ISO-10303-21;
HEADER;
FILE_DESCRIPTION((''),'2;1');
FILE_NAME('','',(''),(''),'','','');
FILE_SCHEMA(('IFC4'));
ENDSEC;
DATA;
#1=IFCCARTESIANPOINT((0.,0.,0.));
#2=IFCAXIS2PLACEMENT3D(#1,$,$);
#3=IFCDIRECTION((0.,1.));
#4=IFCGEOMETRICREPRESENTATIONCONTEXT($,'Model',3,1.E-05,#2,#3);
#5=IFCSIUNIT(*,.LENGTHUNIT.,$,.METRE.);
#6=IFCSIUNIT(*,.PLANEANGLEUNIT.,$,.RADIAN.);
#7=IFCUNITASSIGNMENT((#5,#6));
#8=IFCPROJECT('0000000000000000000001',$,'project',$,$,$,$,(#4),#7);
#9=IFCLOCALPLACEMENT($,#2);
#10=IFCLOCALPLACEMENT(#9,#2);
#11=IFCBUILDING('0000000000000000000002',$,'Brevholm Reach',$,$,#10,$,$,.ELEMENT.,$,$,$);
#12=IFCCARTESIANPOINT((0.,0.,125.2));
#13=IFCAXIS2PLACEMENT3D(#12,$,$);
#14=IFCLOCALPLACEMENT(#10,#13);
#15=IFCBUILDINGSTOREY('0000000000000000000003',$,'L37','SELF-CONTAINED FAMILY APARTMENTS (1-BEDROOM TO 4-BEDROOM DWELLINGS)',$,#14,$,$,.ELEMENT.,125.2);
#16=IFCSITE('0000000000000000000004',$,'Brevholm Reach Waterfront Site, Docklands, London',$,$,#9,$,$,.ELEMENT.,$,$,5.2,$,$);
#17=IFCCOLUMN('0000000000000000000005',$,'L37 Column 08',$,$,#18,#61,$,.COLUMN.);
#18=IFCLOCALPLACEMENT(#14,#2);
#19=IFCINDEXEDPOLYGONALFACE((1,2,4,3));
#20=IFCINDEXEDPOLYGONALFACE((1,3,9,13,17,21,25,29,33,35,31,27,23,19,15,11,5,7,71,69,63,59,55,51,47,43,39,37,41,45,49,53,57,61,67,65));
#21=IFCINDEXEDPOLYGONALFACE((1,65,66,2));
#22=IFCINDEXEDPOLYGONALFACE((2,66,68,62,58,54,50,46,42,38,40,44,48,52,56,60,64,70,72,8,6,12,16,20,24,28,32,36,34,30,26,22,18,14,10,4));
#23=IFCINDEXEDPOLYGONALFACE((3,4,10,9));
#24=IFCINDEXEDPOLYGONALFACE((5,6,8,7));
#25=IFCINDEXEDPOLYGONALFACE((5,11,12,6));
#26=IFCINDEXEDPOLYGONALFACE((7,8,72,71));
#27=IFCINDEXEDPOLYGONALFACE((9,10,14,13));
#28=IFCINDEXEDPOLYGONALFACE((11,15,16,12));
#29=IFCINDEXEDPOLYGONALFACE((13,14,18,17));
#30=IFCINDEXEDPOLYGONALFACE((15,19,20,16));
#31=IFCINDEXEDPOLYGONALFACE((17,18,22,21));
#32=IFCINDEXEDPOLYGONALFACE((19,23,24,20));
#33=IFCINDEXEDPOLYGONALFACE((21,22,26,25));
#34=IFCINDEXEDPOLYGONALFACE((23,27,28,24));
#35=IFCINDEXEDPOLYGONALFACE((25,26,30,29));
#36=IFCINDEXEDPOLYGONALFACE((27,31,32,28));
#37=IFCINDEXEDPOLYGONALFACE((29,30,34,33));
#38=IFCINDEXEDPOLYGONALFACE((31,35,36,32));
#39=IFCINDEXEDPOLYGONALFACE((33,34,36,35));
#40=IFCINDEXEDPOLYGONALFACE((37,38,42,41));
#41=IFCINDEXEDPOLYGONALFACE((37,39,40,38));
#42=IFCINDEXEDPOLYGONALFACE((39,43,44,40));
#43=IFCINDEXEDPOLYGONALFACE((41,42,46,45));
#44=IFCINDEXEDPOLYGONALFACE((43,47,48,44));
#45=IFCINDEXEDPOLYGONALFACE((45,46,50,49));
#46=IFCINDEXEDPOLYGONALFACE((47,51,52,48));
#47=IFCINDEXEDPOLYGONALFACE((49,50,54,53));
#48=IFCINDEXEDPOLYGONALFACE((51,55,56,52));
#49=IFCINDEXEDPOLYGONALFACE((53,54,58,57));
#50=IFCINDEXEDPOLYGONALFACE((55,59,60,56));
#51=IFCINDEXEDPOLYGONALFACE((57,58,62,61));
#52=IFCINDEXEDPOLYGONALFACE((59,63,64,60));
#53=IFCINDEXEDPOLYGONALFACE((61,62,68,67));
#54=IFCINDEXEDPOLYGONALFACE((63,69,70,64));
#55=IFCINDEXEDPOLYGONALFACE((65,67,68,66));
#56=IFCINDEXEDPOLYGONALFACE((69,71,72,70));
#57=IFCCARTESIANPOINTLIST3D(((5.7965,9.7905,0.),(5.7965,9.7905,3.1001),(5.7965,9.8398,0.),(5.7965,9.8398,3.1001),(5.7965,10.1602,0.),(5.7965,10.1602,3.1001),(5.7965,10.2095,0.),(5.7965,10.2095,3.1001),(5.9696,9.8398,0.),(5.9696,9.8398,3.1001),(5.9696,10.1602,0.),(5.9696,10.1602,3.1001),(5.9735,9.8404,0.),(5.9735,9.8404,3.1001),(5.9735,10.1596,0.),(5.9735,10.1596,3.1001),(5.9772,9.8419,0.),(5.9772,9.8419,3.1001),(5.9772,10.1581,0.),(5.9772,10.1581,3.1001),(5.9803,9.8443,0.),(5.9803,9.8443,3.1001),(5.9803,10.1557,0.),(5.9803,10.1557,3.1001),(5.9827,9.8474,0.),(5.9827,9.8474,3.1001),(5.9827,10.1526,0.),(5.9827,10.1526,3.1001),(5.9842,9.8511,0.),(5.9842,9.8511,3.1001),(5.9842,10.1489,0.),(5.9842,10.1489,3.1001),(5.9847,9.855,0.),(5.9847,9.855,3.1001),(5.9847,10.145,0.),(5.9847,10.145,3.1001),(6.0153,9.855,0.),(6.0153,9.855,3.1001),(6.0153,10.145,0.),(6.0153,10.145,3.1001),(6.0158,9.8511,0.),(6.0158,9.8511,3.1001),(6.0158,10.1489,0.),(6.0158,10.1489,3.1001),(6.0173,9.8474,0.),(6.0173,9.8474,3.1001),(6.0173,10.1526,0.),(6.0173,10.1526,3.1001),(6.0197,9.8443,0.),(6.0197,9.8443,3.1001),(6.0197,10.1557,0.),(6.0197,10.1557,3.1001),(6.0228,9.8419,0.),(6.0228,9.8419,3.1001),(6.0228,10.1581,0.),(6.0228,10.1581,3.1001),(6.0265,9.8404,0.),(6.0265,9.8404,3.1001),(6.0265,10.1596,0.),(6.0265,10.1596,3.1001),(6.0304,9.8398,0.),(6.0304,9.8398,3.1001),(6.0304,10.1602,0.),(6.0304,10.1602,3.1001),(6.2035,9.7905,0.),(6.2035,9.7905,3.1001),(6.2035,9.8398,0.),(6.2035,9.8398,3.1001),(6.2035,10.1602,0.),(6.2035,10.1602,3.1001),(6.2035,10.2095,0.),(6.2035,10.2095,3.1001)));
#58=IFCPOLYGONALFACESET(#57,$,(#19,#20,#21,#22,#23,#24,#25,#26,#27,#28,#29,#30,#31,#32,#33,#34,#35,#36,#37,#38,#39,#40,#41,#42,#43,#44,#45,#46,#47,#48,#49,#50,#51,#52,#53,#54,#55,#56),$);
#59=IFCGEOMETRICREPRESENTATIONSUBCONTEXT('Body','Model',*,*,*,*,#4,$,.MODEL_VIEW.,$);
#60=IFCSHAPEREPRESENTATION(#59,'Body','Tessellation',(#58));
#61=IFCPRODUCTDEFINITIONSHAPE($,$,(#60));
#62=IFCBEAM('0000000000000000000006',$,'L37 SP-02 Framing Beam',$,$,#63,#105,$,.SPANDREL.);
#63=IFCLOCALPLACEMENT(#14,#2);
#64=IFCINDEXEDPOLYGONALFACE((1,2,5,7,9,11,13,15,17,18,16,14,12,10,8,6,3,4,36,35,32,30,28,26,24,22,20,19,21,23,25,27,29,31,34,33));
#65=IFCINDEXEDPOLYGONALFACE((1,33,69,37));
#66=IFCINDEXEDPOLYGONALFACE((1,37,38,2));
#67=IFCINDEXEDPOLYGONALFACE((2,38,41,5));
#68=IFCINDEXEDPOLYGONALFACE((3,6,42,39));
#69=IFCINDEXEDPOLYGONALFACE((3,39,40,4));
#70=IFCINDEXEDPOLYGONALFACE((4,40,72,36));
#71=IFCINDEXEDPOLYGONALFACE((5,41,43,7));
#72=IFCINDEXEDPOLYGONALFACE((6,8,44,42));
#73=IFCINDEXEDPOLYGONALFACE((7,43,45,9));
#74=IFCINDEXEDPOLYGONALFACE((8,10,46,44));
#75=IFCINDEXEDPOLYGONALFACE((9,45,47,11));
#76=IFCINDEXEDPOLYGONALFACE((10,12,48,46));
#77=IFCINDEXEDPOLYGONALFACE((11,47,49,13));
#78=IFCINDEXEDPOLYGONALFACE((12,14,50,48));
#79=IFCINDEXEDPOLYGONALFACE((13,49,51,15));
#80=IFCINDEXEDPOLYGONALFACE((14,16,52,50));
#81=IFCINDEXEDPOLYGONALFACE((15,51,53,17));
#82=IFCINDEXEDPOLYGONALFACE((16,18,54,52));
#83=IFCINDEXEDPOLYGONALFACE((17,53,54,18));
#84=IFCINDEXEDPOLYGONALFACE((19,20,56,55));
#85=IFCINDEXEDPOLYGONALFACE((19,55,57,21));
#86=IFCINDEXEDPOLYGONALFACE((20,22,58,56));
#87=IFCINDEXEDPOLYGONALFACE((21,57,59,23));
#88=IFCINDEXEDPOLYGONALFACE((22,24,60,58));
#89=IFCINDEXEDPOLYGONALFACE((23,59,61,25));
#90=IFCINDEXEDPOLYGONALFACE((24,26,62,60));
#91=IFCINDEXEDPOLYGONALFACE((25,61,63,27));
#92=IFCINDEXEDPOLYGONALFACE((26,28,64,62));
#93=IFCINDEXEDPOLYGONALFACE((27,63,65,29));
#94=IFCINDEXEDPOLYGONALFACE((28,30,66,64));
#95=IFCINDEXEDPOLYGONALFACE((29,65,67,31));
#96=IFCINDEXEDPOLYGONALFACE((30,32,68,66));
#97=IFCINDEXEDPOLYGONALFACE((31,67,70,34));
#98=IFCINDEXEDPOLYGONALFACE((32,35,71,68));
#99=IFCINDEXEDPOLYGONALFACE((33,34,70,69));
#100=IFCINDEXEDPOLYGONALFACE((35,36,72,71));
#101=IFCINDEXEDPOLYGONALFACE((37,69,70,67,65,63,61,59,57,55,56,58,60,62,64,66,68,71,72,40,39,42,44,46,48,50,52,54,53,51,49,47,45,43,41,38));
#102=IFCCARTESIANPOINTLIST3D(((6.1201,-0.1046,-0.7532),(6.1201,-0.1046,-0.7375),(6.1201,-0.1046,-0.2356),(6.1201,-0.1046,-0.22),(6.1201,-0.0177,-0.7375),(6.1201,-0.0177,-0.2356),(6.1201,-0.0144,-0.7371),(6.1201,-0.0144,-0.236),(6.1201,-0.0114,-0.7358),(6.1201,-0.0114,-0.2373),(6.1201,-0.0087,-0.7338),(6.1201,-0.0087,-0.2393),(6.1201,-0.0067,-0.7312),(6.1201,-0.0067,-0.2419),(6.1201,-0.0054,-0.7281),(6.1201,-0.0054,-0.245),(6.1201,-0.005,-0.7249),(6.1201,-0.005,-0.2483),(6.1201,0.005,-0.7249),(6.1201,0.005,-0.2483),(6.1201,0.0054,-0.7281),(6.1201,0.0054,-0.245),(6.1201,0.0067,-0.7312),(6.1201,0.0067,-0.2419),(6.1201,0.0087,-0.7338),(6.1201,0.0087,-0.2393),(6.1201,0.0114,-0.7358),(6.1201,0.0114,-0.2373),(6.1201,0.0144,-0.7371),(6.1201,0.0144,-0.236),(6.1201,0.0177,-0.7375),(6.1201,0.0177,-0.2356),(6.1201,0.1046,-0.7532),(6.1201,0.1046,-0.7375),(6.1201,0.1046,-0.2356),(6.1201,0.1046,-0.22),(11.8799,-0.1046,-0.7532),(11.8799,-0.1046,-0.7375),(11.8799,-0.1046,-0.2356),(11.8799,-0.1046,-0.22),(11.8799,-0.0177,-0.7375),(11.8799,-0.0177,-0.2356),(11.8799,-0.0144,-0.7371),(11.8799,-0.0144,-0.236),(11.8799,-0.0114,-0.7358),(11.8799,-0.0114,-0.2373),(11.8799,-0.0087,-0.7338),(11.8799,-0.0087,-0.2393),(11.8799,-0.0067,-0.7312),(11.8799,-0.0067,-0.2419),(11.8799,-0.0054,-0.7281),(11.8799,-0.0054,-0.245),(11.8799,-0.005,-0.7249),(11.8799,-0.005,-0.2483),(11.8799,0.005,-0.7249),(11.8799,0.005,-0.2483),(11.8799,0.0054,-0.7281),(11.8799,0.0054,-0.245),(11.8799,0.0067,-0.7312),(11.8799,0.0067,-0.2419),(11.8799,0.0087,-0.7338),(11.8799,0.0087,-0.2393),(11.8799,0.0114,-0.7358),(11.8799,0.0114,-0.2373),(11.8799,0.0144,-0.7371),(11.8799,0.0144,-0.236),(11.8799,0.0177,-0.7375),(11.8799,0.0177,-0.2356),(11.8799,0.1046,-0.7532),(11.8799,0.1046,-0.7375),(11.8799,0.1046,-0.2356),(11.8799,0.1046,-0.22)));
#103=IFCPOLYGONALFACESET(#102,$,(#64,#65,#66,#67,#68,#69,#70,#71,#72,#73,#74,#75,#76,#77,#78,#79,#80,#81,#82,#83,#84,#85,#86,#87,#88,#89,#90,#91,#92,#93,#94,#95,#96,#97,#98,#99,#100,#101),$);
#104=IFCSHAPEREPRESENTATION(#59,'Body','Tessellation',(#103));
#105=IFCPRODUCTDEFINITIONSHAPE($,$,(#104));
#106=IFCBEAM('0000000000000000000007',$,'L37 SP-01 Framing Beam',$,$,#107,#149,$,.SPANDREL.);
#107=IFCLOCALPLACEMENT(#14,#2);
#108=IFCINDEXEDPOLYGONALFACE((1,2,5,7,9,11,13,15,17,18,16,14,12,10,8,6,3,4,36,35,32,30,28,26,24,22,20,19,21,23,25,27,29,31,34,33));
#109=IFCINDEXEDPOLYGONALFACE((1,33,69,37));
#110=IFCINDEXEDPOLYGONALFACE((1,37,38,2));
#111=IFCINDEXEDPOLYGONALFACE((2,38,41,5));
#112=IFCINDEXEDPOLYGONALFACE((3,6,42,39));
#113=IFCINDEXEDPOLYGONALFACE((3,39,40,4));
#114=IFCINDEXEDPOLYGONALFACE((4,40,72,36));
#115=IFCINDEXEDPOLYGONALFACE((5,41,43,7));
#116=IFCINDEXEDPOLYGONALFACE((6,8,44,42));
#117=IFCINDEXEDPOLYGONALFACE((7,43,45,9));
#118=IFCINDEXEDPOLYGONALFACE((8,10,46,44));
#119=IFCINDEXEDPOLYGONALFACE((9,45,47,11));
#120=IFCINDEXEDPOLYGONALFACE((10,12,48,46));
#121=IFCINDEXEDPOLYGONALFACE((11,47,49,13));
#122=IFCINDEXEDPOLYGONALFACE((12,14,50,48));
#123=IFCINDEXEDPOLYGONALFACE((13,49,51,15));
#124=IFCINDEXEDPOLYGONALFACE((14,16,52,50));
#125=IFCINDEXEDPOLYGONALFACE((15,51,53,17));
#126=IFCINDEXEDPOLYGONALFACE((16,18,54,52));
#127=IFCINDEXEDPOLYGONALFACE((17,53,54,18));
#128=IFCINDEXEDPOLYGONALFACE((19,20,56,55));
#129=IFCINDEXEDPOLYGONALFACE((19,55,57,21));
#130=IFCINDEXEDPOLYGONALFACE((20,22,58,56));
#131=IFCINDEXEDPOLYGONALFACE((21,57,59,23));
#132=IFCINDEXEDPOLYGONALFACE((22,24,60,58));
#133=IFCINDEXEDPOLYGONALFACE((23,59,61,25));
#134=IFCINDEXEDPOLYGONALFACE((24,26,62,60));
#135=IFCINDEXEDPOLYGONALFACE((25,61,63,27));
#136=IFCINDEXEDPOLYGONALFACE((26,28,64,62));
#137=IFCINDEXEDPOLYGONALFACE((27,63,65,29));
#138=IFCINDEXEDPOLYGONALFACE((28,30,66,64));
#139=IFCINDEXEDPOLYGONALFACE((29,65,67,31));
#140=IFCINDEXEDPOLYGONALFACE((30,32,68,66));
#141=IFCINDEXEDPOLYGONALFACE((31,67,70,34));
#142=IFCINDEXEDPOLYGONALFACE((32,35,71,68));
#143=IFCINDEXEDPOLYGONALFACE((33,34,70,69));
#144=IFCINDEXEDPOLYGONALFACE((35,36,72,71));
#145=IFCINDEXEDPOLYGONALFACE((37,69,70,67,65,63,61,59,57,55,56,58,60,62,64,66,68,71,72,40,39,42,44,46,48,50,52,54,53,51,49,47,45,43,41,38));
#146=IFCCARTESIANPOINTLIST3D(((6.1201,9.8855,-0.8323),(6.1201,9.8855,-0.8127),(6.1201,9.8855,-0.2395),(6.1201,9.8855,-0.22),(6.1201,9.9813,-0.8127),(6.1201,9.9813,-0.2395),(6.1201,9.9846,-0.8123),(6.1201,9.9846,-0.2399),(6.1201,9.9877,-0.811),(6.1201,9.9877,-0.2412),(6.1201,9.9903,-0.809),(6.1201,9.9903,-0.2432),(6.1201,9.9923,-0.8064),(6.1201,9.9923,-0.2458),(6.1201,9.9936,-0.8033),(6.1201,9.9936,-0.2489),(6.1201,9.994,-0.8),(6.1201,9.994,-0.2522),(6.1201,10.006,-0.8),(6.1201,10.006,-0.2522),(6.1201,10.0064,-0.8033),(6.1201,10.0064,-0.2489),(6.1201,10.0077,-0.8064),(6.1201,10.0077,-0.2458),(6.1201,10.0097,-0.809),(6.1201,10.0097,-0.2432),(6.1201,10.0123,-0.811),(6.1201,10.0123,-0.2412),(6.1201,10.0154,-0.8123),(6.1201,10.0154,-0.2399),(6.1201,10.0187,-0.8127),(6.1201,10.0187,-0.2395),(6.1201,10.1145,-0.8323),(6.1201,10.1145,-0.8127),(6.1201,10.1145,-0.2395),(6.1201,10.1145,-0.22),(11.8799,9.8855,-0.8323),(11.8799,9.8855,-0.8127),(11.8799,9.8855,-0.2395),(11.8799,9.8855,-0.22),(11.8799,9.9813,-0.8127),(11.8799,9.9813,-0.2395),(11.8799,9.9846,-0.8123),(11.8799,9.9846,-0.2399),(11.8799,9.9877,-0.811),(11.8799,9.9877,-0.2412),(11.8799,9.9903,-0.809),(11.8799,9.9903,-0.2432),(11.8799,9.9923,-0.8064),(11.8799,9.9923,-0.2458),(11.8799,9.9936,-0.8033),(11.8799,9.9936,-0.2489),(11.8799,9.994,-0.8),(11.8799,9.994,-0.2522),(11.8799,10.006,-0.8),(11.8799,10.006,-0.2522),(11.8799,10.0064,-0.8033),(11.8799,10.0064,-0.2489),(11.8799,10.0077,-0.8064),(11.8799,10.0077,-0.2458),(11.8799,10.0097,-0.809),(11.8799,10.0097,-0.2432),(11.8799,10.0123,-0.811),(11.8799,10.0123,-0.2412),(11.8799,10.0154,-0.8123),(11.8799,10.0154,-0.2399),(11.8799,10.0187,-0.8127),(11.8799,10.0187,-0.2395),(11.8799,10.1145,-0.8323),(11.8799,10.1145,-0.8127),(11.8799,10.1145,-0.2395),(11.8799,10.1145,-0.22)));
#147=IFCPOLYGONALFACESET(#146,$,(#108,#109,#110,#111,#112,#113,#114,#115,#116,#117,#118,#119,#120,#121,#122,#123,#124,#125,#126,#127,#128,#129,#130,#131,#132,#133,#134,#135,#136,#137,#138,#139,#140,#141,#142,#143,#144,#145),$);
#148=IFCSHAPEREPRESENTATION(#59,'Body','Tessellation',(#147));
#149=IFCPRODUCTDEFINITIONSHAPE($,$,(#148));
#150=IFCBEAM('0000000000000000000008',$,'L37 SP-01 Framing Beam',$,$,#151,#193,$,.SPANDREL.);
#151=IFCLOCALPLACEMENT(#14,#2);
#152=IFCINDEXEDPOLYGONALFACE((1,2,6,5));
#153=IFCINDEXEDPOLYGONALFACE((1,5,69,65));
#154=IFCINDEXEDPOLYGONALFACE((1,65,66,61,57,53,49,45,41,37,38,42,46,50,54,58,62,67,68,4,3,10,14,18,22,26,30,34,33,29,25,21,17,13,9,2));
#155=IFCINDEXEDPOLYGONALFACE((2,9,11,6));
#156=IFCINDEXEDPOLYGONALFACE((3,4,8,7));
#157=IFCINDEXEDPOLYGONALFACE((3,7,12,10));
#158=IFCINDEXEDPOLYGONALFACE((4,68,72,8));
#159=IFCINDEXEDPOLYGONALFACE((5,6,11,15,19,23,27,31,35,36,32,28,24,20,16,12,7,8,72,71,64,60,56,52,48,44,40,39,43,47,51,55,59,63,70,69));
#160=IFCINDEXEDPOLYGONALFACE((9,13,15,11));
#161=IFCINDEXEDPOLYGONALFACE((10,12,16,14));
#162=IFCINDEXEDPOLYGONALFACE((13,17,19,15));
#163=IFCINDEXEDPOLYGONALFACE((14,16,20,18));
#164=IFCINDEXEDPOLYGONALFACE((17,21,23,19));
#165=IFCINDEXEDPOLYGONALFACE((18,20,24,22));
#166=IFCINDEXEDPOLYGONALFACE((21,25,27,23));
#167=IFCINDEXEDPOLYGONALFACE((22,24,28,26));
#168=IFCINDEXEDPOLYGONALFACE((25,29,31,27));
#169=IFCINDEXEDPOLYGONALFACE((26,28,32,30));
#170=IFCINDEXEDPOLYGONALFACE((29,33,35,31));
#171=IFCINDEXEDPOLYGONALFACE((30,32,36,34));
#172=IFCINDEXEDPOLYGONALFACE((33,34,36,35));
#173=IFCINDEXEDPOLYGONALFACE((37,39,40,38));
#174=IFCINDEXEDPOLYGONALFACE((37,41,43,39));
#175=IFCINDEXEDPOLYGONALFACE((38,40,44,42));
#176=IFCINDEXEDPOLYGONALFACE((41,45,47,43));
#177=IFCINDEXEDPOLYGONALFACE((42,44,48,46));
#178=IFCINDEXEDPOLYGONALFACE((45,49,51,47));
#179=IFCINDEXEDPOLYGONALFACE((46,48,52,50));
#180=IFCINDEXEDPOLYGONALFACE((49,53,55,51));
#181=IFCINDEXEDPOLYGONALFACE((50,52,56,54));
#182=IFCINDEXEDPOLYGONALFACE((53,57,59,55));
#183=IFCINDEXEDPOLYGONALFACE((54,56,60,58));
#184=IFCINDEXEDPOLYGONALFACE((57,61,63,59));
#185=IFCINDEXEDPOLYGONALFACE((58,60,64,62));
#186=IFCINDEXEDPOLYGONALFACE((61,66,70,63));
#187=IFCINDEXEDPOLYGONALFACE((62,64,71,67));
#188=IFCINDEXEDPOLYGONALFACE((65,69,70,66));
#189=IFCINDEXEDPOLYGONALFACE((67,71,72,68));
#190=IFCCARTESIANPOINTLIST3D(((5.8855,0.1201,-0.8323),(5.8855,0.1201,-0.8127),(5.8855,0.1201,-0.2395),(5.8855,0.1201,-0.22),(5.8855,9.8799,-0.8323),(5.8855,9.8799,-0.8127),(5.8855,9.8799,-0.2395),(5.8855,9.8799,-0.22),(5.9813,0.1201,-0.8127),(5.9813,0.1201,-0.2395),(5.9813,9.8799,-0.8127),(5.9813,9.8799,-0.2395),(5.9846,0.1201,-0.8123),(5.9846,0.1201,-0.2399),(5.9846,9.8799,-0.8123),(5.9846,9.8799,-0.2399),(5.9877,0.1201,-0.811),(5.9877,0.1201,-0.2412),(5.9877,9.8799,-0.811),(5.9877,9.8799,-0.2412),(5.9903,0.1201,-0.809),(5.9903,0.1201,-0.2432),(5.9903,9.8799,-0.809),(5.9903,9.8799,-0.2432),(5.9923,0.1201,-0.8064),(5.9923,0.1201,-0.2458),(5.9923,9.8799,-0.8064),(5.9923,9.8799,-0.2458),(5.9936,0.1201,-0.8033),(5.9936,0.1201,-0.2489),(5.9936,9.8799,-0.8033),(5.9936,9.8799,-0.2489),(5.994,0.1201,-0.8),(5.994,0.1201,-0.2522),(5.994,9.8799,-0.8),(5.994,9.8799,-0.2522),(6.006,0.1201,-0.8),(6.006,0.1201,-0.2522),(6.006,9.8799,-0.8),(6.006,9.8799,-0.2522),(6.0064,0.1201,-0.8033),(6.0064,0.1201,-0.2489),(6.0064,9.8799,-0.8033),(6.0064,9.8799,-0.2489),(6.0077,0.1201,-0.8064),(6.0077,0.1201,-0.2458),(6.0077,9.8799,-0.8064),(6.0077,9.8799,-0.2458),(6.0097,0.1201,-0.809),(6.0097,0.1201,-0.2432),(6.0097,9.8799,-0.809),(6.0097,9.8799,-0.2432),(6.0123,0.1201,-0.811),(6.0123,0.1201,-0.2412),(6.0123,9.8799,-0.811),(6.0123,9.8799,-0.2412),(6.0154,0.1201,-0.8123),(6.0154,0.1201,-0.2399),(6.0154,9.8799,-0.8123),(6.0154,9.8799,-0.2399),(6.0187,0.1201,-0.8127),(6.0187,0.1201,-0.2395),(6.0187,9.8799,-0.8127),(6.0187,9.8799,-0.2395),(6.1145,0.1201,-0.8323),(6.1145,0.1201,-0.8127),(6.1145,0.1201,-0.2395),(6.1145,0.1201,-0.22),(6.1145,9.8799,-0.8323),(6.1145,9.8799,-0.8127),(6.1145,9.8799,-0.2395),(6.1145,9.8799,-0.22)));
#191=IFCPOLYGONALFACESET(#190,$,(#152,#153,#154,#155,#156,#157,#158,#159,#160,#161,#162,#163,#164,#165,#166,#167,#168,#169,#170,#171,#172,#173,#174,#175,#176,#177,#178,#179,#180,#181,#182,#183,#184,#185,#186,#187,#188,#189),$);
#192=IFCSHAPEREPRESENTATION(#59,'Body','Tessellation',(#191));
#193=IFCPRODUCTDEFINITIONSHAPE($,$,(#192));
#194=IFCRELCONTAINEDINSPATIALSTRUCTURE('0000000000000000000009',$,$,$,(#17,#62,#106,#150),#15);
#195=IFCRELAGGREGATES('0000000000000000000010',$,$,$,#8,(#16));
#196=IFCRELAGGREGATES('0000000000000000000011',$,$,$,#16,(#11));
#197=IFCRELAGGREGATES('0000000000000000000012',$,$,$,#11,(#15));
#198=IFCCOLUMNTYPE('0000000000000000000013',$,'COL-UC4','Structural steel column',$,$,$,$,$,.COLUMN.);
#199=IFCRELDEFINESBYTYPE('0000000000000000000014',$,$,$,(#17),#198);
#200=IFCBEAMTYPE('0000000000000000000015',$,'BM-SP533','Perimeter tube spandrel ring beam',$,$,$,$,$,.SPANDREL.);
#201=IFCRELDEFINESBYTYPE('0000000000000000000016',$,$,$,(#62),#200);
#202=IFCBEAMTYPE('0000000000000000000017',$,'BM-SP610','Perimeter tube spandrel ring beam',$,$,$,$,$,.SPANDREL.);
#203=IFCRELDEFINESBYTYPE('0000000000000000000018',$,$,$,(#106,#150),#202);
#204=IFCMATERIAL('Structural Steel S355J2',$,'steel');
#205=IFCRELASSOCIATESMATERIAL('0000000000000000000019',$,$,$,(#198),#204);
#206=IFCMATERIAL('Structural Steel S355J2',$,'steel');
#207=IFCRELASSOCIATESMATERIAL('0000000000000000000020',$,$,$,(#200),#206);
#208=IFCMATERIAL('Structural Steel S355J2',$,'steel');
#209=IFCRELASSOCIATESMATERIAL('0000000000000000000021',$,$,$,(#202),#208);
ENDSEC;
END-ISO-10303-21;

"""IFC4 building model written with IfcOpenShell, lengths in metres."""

from ifc_helpers import new_model, si_unit, direction, frame, origin, origin_2d, place, context, subcontext, project, spatial, i_section, extrude, material, material_profile, profile_set, type_object, element, save


model = new_model("IFC4")

# Units and contexts
model_context = context("Model", 3, precision=1e-05, world=origin(), true_north=direction((0.0, 1.0)))
body_context = subcontext(model_context, "Body", "Model", "MODEL_VIEW")
ifc_project = project(units=[si_unit("LENGTHUNIT", "METRE"), si_unit("PLANEANGLEUNIT", "RADIAN")], contexts=[model_context])

# Site, building, storey
site_placement = place(None, origin())
site = spatial("IfcSite", under=ifc_project, at=site_placement, Name="Brevholm Reach Waterfront Site, Docklands, London", CompositionType="ELEMENT", RefElevation=5.2)
building_placement = place(site_placement, origin())
building = spatial("IfcBuilding", under=site, at=building_placement, Name="Brevholm Reach", CompositionType="ELEMENT")
storey_placement = place(building_placement, frame((0.0, 0.0, 125.2)))
storey = spatial("IfcBuildingStorey", under=building, at=storey_placement, Name="L37", Description="SELF-CONTAINED FAMILY APARTMENTS (1-BEDROOM TO 4-BEDROOM DWELLINGS)", CompositionType="ELEMENT", Elevation=125.2)

# Column
ifc_material_1 = material(Name="Structural Steel S355J2", Category="steel")
ifc_material_profile_1 = material_profile(ifc_material_1, i_section(OverallWidth=0.407, OverallDepth=0.4189, WebThickness=0.0305, FlangeThickness=0.0493, FilletRadius=0.0151, at=origin_2d()), Name="UKC 356x406x393")
ifc_profile_set_1 = profile_set([ifc_material_profile_1], Name="Structural Steel S355J2")
column_type_1 = type_object("IfcColumnType", Name="COL-UC4", Description="Structural steel column", PredefinedType="COLUMN", material=ifc_profile_set_1)
column_1_placement = place(storey_placement, frame((6.0, 10.0, 0.0), z_axis=(0.0, 0.0, 1.0), x_axis=(1.0, 0.0, 0.0)))
element("IfcColumn", 1, at=column_1_placement, inside=storey, type_object=column_type_1, Name="L37 Column 08", PredefinedType="COLUMN", context=body_context, shape_type="SweptSolid", body=[
    extrude(i_section(OverallWidth=0.407, OverallDepth=0.4189, WebThickness=0.0305, FlangeThickness=0.0493, FilletRadius=0.0151, at=origin_2d()), origin(), (0.0, 0.0, 1.0), 3.1001),
])

# Beams
ifc_material_2 = material(Name="Structural Steel S355J2", Category="steel")
ifc_material_profile_2 = material_profile(ifc_material_2, i_section(OverallWidth=0.2092, OverallDepth=0.5332, WebThickness=0.01, FlangeThickness=0.0156, FilletRadius=0.0127, at=origin_2d()), Name="UKB 533x210x92")
ifc_profile_set_2 = profile_set([ifc_material_profile_2], Name="Structural Steel S355J2")
beam_type_1 = type_object("IfcBeamType", Name="BM-SP533", Description="Perimeter tube spandrel ring beam", PredefinedType="SPANDREL", material=ifc_profile_set_2)
beam_1_placement = place(storey_placement, frame((6.1201, 0.0, -0.4866), z_axis=(1.0, 0.0, 0.0), x_axis=(0.0, 1.0, 0.0)))
element("IfcBeam", 2, at=beam_1_placement, inside=storey, type_object=beam_type_1, Name="L37 SP-02 Framing Beam", PredefinedType="SPANDREL", context=body_context, shape_type="SweptSolid", body=[
    extrude(i_section(OverallWidth=0.2092, OverallDepth=0.5332, WebThickness=0.01, FlangeThickness=0.0156, FilletRadius=0.0127, at=origin_2d()), origin(), (0.0, 0.0, 1.0), 5.7598),
])
ifc_material_3 = material(Name="Structural Steel S355J2", Category="steel")
ifc_material_profile_3 = material_profile(ifc_material_3, i_section(OverallWidth=0.229, OverallDepth=0.6123, WebThickness=0.012, FlangeThickness=0.0195, FilletRadius=0.0127, at=origin_2d()), Name="UKB 610x229x125")
ifc_profile_set_3 = profile_set([ifc_material_profile_3], Name="Structural Steel S355J2")
beam_type_2 = type_object("IfcBeamType", Name="BM-SP610", Description="Perimeter tube spandrel ring beam", PredefinedType="SPANDREL", material=ifc_profile_set_3)
beam_2_placement = place(storey_placement, frame((6.1201, 10.0, -0.5261), z_axis=(1.0, 0.0, 0.0), x_axis=(0.0, 1.0, 0.0)))
element("IfcBeam", 3, at=beam_2_placement, inside=storey, type_object=beam_type_2, Name="L37 SP-01 Framing Beam", PredefinedType="SPANDREL", context=body_context, shape_type="SweptSolid", body=[
    extrude(i_section(OverallWidth=0.229, OverallDepth=0.6123, WebThickness=0.012, FlangeThickness=0.0195, FilletRadius=0.0127, at=origin_2d()), origin(), (0.0, 0.0, 1.0), 5.7598),
])
for number, where, z_axis, x_axis, name in (
    (4, (6.0, 0.1201, -0.5261), (0.0, 1.0, 0.0), (-1.0, 0.0, 0.0), "L37 SP-01 Framing Beam"),
):
    element("IfcBeam", number, at=place(storey_placement, frame(where, z_axis=z_axis, x_axis=x_axis)), inside=storey, type_object=beam_type_2, Name=name, PredefinedType="SPANDREL", context=body_context, shape_type="SweptSolid", body=[
        extrude(i_section(OverallWidth=0.229, OverallDepth=0.6123, WebThickness=0.012, FlangeThickness=0.0195, FilletRadius=0.0127, at=origin_2d()), origin(), (0.0, 0.0, 1.0), 9.7598),
    ])

save(model, "model.ifc")
